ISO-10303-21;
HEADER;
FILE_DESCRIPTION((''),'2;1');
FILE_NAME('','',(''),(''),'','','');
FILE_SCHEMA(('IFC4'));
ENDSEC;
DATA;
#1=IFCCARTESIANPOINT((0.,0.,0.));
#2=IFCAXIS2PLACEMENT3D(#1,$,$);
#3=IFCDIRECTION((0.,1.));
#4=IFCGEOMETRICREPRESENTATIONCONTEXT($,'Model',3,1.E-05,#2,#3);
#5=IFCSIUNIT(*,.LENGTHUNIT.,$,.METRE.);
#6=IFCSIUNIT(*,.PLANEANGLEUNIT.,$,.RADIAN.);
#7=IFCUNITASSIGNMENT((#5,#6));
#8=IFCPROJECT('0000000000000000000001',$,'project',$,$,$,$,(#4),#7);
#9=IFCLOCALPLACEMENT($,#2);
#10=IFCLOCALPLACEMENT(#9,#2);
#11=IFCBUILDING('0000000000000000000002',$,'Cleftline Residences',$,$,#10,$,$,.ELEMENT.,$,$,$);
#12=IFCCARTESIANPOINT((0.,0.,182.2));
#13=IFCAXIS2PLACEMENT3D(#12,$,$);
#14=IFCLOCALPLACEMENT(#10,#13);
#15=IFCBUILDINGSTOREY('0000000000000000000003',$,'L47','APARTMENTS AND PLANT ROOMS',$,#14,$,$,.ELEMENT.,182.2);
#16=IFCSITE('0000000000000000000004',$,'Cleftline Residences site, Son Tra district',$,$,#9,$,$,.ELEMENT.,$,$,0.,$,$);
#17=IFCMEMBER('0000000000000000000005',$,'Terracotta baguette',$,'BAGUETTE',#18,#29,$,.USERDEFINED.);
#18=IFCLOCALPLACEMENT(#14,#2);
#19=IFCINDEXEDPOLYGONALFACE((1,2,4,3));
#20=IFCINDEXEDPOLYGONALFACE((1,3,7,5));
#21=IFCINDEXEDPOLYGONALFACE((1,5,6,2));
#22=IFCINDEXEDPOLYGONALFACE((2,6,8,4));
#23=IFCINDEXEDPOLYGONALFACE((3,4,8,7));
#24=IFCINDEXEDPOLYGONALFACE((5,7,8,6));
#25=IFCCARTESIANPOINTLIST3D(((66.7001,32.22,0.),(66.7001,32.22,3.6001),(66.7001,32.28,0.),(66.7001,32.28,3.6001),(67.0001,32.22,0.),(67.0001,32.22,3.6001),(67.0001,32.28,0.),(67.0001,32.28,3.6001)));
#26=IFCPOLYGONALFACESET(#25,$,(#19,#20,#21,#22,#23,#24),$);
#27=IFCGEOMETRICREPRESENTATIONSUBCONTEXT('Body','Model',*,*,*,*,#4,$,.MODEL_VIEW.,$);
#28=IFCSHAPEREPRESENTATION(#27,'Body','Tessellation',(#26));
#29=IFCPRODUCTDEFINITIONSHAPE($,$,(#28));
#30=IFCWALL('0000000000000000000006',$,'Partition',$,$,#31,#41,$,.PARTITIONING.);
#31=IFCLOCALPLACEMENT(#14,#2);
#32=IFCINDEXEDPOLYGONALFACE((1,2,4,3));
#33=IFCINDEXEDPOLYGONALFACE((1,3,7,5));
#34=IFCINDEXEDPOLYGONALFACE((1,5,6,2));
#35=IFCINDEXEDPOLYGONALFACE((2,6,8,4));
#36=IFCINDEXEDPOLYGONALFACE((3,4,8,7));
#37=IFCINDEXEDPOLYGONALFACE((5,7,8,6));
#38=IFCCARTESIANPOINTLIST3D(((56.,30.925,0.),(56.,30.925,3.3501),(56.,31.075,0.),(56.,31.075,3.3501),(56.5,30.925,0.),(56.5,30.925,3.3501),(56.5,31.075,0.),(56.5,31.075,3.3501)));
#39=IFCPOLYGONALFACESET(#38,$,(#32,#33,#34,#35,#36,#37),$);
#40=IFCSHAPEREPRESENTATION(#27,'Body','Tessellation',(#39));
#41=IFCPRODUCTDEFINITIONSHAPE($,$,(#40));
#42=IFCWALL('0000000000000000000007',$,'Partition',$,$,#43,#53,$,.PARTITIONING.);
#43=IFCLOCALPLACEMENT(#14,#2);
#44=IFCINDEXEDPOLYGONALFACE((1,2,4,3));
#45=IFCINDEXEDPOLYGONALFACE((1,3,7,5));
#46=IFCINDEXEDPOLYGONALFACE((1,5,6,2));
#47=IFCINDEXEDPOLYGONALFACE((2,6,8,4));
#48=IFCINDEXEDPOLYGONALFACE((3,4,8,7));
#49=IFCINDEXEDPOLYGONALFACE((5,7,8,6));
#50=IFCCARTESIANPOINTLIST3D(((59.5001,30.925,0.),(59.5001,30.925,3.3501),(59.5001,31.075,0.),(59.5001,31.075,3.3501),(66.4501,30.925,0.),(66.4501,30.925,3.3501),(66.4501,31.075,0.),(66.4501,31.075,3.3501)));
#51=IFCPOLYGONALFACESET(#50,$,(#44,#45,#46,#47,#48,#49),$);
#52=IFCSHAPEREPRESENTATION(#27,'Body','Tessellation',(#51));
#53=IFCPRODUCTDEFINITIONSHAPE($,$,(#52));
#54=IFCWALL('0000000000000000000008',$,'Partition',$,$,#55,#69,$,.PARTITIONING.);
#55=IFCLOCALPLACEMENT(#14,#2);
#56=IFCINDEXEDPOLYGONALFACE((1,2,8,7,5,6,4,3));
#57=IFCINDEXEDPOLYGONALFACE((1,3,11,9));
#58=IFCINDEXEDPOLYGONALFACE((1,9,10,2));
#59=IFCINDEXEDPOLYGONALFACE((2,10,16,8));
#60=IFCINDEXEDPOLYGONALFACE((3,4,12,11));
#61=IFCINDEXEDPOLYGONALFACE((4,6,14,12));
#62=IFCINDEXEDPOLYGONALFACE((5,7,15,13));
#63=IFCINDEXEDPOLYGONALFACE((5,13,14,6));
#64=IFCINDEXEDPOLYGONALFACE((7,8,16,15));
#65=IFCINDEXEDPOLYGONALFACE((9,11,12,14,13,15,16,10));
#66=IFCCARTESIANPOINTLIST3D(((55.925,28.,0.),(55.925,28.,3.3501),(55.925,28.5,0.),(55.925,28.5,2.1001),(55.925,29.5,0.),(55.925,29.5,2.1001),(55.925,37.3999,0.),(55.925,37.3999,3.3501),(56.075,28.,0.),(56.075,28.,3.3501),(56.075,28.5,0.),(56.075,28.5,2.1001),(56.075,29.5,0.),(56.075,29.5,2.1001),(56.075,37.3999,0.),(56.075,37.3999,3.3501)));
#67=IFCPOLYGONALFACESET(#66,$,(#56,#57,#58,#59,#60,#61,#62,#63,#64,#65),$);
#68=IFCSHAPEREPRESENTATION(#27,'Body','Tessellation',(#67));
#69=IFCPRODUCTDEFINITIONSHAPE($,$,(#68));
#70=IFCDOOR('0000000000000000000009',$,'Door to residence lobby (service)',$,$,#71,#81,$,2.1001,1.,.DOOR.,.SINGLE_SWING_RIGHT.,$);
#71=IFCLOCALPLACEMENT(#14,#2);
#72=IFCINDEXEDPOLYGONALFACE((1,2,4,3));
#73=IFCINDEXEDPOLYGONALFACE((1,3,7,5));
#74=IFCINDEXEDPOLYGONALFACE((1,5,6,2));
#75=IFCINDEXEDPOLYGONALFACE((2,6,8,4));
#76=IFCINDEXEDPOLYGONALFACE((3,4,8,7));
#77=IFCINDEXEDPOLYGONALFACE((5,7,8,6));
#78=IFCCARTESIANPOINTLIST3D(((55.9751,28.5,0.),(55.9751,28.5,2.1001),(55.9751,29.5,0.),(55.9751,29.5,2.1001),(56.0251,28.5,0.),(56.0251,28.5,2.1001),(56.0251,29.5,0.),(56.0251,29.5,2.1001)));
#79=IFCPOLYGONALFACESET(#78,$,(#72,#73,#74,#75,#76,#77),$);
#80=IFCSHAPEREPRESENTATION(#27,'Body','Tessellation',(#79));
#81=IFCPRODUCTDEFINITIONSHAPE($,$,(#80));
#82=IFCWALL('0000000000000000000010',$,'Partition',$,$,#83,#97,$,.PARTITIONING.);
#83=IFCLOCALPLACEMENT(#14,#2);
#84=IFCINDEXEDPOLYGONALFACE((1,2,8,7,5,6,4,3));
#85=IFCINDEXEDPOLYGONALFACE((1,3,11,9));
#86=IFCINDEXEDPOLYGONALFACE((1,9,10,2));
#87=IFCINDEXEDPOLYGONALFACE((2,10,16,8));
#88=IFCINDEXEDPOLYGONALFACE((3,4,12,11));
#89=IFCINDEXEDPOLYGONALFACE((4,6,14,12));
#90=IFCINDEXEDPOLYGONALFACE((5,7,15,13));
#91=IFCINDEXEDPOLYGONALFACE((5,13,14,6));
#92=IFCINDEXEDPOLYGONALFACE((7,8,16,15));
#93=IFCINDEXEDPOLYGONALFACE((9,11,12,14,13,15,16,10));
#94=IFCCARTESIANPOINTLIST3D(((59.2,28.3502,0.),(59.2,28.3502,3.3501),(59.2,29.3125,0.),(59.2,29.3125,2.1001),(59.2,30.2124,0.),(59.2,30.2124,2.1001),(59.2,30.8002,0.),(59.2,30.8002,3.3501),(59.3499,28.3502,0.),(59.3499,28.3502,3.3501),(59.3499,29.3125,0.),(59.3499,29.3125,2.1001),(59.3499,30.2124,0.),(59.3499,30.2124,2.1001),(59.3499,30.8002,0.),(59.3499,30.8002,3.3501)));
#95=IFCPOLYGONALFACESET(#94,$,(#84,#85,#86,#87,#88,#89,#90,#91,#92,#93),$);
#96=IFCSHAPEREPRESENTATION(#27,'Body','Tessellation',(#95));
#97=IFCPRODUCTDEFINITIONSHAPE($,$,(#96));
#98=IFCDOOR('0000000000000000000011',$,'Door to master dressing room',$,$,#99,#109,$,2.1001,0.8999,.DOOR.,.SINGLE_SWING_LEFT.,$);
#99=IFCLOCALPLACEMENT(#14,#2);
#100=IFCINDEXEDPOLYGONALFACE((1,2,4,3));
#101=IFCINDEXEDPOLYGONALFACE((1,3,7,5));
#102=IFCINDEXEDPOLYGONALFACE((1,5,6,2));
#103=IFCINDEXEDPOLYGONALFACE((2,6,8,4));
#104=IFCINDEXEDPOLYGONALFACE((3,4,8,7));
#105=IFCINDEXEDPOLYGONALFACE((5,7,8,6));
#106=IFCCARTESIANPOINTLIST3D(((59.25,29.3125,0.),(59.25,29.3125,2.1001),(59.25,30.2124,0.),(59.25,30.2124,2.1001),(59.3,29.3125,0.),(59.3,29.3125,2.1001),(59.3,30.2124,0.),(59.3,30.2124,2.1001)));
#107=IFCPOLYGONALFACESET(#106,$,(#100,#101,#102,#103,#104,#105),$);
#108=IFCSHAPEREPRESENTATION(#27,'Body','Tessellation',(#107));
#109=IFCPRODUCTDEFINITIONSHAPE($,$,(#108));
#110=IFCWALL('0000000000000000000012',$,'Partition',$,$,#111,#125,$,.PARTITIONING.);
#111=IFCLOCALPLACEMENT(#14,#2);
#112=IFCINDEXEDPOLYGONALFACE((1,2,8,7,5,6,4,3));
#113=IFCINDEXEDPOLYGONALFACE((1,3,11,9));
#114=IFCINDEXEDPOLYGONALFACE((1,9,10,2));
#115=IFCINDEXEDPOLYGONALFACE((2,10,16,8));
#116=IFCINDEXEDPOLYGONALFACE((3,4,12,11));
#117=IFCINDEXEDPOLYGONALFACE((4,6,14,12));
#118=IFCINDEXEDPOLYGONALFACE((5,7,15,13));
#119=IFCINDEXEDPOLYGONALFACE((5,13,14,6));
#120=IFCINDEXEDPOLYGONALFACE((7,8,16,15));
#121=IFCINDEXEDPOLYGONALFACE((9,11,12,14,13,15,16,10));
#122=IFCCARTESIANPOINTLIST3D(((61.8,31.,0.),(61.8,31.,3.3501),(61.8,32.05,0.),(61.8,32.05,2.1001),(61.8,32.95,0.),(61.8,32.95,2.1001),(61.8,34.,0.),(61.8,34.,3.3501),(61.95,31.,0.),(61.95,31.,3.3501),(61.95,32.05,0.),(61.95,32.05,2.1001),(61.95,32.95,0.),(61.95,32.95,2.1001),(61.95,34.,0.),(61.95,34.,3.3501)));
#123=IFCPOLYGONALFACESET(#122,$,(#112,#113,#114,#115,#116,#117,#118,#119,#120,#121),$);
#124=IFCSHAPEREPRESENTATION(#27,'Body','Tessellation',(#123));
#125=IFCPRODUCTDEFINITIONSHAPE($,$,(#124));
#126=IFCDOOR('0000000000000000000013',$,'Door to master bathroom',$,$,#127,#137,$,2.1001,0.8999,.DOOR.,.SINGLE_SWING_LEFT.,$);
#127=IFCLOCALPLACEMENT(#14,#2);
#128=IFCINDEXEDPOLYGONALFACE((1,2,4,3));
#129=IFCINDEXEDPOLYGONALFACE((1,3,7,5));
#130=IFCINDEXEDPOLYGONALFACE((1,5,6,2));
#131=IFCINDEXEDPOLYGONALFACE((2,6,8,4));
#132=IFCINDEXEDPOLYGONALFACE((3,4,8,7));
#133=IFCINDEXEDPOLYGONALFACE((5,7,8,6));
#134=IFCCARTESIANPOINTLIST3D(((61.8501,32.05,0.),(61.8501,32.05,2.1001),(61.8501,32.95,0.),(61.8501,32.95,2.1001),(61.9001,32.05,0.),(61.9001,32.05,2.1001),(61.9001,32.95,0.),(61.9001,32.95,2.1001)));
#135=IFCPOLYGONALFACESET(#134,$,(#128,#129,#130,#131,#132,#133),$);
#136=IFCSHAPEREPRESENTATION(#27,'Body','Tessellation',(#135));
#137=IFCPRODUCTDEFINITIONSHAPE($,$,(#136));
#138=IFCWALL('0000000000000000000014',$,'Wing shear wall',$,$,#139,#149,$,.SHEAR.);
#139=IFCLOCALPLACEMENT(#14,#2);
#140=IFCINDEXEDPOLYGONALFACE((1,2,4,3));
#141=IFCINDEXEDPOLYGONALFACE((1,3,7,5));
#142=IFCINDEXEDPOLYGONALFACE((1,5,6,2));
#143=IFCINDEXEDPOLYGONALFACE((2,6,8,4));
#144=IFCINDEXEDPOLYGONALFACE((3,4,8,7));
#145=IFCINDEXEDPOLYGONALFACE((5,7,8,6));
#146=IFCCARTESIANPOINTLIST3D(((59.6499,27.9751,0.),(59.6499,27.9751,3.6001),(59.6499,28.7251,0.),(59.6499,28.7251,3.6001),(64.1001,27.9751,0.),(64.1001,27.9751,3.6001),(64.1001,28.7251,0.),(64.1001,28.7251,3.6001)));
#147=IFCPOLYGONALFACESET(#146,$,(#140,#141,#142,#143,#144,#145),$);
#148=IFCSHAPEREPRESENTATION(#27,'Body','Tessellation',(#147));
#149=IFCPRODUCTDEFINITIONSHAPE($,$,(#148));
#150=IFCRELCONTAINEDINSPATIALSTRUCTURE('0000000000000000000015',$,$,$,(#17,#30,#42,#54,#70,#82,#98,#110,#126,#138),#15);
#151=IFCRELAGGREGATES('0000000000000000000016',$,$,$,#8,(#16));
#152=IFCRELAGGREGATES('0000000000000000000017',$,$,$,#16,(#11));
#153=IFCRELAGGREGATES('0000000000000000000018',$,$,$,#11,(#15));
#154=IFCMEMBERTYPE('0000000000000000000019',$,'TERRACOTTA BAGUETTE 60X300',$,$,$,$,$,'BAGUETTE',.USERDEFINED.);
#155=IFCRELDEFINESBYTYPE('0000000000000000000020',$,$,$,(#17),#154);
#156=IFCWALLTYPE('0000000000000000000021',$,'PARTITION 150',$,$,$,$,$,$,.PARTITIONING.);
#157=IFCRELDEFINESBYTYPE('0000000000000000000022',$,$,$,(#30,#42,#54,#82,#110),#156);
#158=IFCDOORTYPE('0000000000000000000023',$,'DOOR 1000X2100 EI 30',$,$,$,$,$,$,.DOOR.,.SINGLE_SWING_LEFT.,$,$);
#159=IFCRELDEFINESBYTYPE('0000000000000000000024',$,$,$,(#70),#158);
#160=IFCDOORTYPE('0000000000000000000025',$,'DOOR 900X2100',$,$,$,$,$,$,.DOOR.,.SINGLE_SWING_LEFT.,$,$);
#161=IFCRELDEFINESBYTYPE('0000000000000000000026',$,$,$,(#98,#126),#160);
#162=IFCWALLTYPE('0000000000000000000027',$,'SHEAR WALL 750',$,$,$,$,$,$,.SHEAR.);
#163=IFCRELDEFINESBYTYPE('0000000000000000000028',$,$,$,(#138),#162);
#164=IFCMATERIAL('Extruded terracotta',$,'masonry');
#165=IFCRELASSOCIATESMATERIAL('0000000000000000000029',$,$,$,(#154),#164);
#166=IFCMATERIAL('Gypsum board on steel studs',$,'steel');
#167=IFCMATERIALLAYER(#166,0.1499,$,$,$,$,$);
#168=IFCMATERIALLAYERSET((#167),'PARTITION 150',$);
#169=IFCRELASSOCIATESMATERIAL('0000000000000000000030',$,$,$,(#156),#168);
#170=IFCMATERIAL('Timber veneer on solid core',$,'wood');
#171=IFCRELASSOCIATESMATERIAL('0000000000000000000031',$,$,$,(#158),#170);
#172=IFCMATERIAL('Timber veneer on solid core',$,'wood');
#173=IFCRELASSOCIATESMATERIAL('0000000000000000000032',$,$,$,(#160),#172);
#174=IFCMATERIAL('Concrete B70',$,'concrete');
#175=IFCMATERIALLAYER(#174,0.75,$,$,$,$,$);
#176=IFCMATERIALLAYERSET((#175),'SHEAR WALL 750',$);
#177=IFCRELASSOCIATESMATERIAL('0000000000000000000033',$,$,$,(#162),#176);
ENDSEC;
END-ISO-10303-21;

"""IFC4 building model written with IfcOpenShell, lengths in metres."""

from ifc_helpers import new_model, si_unit, direction, frame, frame_2d, origin, origin_2d, place, context, subcontext, project, spatial, rectangle, extrude, material, layer, layer_set, material_profile, profile_set, type_object, element, fill, save


model = new_model("IFC4")

# Units and contexts
model_context = context("Model", 3, precision=1e-05, world=origin(), true_north=direction((0.0, 1.0)))
body_context = subcontext(model_context, "Body", "Model", "MODEL_VIEW")
ifc_project = project(units=[si_unit("LENGTHUNIT", "METRE"), si_unit("PLANEANGLEUNIT", "RADIAN")], contexts=[model_context])

# Site, building, storey
site_placement = place(None, origin())
site = spatial("IfcSite", under=ifc_project, at=site_placement, Name="Cleftline Residences site, Son Tra district", CompositionType="ELEMENT", RefElevation=0.0)
building_placement = place(site_placement, origin())
building = spatial("IfcBuilding", under=site, at=building_placement, Name="Cleftline Residences", CompositionType="ELEMENT")
storey_placement = place(building_placement, frame((0.0, 0.0, 182.2)))
storey = spatial("IfcBuildingStorey", under=building, at=storey_placement, Name="L47", Description="APARTMENTS AND PLANT ROOMS", CompositionType="ELEMENT", Elevation=182.2)

# Member
ifc_material_1 = material(Name="Extruded terracotta", Category="masonry")
ifc_material_profile_1 = material_profile(ifc_material_1, rectangle(XDim=0.0601, YDim=0.3, at=origin_2d()))
ifc_profile_set_1 = profile_set([ifc_material_profile_1], Name="Extruded terracotta")
member_type_1 = type_object("IfcMemberType", Name="TERRACOTTA BAGUETTE 60X300", ElementType="BAGUETTE", PredefinedType="USERDEFINED", material=ifc_profile_set_1)
for number, where, z_axis, x_axis, name in (
    (1, (66.8501, 32.25, 0.0), (0.0, 0.0, 1.0), (0.0, 1.0, 0.0), "Terracotta baguette"),
):
    element("IfcMember", number, at=place(storey_placement, frame(where, z_axis=z_axis, x_axis=x_axis)), inside=storey, type_object=member_type_1, Name=name, ObjectType="BAGUETTE", PredefinedType="USERDEFINED", context=body_context, shape_type="SweptSolid", body=[
        extrude(rectangle(XDim=0.0601, YDim=0.3, at=origin_2d()), origin(), (0.0, 0.0, 1.0), 3.6001),
    ])

# Walls
ifc_material_2 = material(Name="Gypsum board on steel studs", Category="steel")
ifc_layer_1 = layer(ifc_material_2, 0.1499)
ifc_layer_set_1 = layer_set([ifc_layer_1], Name="PARTITION 150")
wall_type_1 = type_object("IfcWallType", Name="PARTITION 150", PredefinedType="PARTITIONING", material=ifc_layer_set_1)
wall_1_placement = place(storey_placement, frame((56.0, 31.0, 0.0), z_axis=(0.0, 0.0, 1.0), x_axis=(1.0, 0.0, 0.0)))
element("IfcWall", 2, at=wall_1_placement, inside=storey, type_object=wall_type_1, Name="Partition", PredefinedType="PARTITIONING", context=body_context, shape_type="SweptSolid", body=[
    extrude(rectangle(XDim=0.5, YDim=0.1499, at=frame_2d((0.25, 0.0))), origin(), (0.0, 0.0, 1.0), 3.3501),
])
wall_2_placement = place(storey_placement, frame((59.5, 31.0, 0.0), z_axis=(0.0, 0.0, 1.0), x_axis=(1.0, 0.0, 0.0)))
element("IfcWall", 3, at=wall_2_placement, inside=storey, type_object=wall_type_1, Name="Partition", PredefinedType="PARTITIONING", context=body_context, shape_type="SweptSolid", body=[
    extrude(rectangle(XDim=6.95, YDim=0.1499, at=frame_2d((3.4751, 0.0))), origin(), (0.0, 0.0, 1.0), 3.3501),
])

# Walls, openings, doors
wall_3_placement = place(storey_placement, frame((56.0, 28.0, 0.0), z_axis=(0.0, 0.0, 1.0), x_axis=(0.0, 1.0, 0.0)))
wall_3 = element("IfcWall", 4, at=wall_3_placement, inside=storey, type_object=wall_type_1, Name="Partition", PredefinedType="PARTITIONING", context=body_context, shape_type="SweptSolid", body=[
    extrude(rectangle(XDim=9.3999, YDim=0.1499, at=frame_2d((4.7, 0.0))), origin(), (0.0, 0.0, 1.0), 3.3501),
])
opening_1_placement = place(wall_3_placement, frame((0.5, 0.0, 0.0)))
opening_1 = element("IfcOpeningElement", 5, at=opening_1_placement, cuts=wall_3, PredefinedType="OPENING", context=body_context, shape_type="SweptSolid", body=[
    extrude(rectangle(XDim=1.0, YDim=2.1001, at=frame_2d((0.5, 1.05))), frame((0.0, 0.085, 0.0), z_axis=(0.0, -1.0, 0.0), x_axis=(1.0, 0.0, 0.0)), (0.0, 0.0, 1.0), 0.1699),
])
ifc_material_3 = material(Name="Timber veneer on solid core", Category="wood")
door_type_1 = type_object("IfcDoorType", Name="DOOR 1000X2100 EI 30", OperationType="SINGLE_SWING_LEFT", PredefinedType="DOOR", material=ifc_material_3)
door_1_placement = place(opening_1_placement, origin())
door_1 = element("IfcDoor", 6, at=door_1_placement, inside=storey, type_object=door_type_1, Name="Door to residence lobby (service)", OperationType="SINGLE_SWING_RIGHT", OverallHeight=2.1001, OverallWidth=1.0, PredefinedType="DOOR", context=body_context, shape_type="SweptSolid", body=[
    extrude(rectangle(XDim=1.0, YDim=2.1001, at=frame_2d((0.5, 1.05))), frame((0.0, 0.0249, 0.0), z_axis=(0.0, -1.0, 0.0), x_axis=(1.0, 0.0, 0.0)), (0.0, 0.0, 1.0), 0.05),
])
fill(opening_1, door_1)
wall_4_placement = place(storey_placement, frame((59.2749, 28.3501, 0.0), z_axis=(0.0, 0.0, 1.0), x_axis=(0.0, 1.0, 0.0)))
wall_4 = element("IfcWall", 7, at=wall_4_placement, inside=storey, type_object=wall_type_1, Name="Partition", PredefinedType="PARTITIONING", context=body_context, shape_type="SweptSolid", body=[
    extrude(rectangle(XDim=2.45, YDim=0.1499, at=frame_2d((1.2251, 0.0))), origin(), (0.0, 0.0, 1.0), 3.3501),
])
opening_2_placement = place(wall_4_placement, frame((0.9624, 0.0, 0.0)))
opening_2 = element("IfcOpeningElement", 8, at=opening_2_placement, cuts=wall_4, PredefinedType="OPENING", context=body_context, shape_type="SweptSolid", body=[
    extrude(rectangle(XDim=0.8999, YDim=2.1001, at=frame_2d((0.45, 1.05))), frame((0.0, 0.085, 0.0), z_axis=(0.0, -1.0, 0.0), x_axis=(1.0, 0.0, 0.0)), (0.0, 0.0, 1.0), 0.1699),
])
ifc_material_4 = material(Name="Timber veneer on solid core", Category="wood")
door_type_2 = type_object("IfcDoorType", Name="DOOR 900X2100", OperationType="SINGLE_SWING_LEFT", PredefinedType="DOOR", material=ifc_material_4)
door_2_placement = place(opening_2_placement, origin())
door_2 = element("IfcDoor", 9, at=door_2_placement, inside=storey, type_object=door_type_2, Name="Door to master dressing room", OperationType="SINGLE_SWING_LEFT", OverallHeight=2.1001, OverallWidth=0.8999, PredefinedType="DOOR", context=body_context, shape_type="SweptSolid", body=[
    extrude(rectangle(XDim=0.8999, YDim=2.1001, at=frame_2d((0.45, 1.05))), frame((0.0, 0.0249, 0.0), z_axis=(0.0, -1.0, 0.0), x_axis=(1.0, 0.0, 0.0)), (0.0, 0.0, 1.0), 0.05),
])
fill(opening_2, door_2)
wall_5_placement = place(storey_placement, frame((61.875, 31.0, 0.0), z_axis=(0.0, 0.0, 1.0), x_axis=(0.0, 1.0, 0.0)))
wall_5 = element("IfcWall", 10, at=wall_5_placement, inside=storey, type_object=wall_type_1, Name="Partition", PredefinedType="PARTITIONING", context=body_context, shape_type="SweptSolid", body=[
    extrude(rectangle(XDim=3.0, YDim=0.1499, at=frame_2d((1.5, 0.0))), origin(), (0.0, 0.0, 1.0), 3.3501),
])
opening_3_placement = place(wall_5_placement, frame((1.05, 0.0, 0.0)))
opening_3 = element("IfcOpeningElement", 11, at=opening_3_placement, cuts=wall_5, PredefinedType="OPENING", context=body_context, shape_type="SweptSolid", body=[
    extrude(rectangle(XDim=0.8999, YDim=2.1001, at=frame_2d((0.45, 1.05))), frame((0.0, 0.085, 0.0), z_axis=(0.0, -1.0, 0.0), x_axis=(1.0, 0.0, 0.0)), (0.0, 0.0, 1.0), 0.1699),
])
door_3_placement = place(opening_3_placement, origin())
door_3 = element("IfcDoor", 12, at=door_3_placement, inside=storey, type_object=door_type_2, Name="Door to master bathroom", OperationType="SINGLE_SWING_LEFT", OverallHeight=2.1001, OverallWidth=0.8999, PredefinedType="DOOR", context=body_context, shape_type="SweptSolid", body=[
    extrude(rectangle(XDim=0.8999, YDim=2.1001, at=frame_2d((0.45, 1.05))), frame((0.0, 0.0249, 0.0), z_axis=(0.0, -1.0, 0.0), x_axis=(1.0, 0.0, 0.0)), (0.0, 0.0, 1.0), 0.05),
])
fill(opening_3, door_3)

# Wall
ifc_material_5 = material(Name="Concrete B70", Category="concrete")
ifc_layer_2 = layer(ifc_material_5, 0.75)
ifc_layer_set_2 = layer_set([ifc_layer_2], Name="SHEAR WALL 750")
wall_type_2 = type_object("IfcWallType", Name="SHEAR WALL 750", PredefinedType="SHEAR", material=ifc_layer_set_2)
wall_6_placement = place(storey_placement, frame((64.1001, 28.3501, 0.0), z_axis=(0.0, 0.0, 1.0), x_axis=(-1.0, 0.0, 0.0)))
element("IfcWall", 13, at=wall_6_placement, inside=storey, type_object=wall_type_2, Name="Wing shear wall", PredefinedType="SHEAR", context=body_context, shape_type="SweptSolid", body=[
    extrude(rectangle(XDim=4.4502, YDim=0.75, at=frame_2d((2.2251, 0.0))), origin(), (0.0, 0.0, 1.0), 3.6001),
])

save(model, "model.ifc")
